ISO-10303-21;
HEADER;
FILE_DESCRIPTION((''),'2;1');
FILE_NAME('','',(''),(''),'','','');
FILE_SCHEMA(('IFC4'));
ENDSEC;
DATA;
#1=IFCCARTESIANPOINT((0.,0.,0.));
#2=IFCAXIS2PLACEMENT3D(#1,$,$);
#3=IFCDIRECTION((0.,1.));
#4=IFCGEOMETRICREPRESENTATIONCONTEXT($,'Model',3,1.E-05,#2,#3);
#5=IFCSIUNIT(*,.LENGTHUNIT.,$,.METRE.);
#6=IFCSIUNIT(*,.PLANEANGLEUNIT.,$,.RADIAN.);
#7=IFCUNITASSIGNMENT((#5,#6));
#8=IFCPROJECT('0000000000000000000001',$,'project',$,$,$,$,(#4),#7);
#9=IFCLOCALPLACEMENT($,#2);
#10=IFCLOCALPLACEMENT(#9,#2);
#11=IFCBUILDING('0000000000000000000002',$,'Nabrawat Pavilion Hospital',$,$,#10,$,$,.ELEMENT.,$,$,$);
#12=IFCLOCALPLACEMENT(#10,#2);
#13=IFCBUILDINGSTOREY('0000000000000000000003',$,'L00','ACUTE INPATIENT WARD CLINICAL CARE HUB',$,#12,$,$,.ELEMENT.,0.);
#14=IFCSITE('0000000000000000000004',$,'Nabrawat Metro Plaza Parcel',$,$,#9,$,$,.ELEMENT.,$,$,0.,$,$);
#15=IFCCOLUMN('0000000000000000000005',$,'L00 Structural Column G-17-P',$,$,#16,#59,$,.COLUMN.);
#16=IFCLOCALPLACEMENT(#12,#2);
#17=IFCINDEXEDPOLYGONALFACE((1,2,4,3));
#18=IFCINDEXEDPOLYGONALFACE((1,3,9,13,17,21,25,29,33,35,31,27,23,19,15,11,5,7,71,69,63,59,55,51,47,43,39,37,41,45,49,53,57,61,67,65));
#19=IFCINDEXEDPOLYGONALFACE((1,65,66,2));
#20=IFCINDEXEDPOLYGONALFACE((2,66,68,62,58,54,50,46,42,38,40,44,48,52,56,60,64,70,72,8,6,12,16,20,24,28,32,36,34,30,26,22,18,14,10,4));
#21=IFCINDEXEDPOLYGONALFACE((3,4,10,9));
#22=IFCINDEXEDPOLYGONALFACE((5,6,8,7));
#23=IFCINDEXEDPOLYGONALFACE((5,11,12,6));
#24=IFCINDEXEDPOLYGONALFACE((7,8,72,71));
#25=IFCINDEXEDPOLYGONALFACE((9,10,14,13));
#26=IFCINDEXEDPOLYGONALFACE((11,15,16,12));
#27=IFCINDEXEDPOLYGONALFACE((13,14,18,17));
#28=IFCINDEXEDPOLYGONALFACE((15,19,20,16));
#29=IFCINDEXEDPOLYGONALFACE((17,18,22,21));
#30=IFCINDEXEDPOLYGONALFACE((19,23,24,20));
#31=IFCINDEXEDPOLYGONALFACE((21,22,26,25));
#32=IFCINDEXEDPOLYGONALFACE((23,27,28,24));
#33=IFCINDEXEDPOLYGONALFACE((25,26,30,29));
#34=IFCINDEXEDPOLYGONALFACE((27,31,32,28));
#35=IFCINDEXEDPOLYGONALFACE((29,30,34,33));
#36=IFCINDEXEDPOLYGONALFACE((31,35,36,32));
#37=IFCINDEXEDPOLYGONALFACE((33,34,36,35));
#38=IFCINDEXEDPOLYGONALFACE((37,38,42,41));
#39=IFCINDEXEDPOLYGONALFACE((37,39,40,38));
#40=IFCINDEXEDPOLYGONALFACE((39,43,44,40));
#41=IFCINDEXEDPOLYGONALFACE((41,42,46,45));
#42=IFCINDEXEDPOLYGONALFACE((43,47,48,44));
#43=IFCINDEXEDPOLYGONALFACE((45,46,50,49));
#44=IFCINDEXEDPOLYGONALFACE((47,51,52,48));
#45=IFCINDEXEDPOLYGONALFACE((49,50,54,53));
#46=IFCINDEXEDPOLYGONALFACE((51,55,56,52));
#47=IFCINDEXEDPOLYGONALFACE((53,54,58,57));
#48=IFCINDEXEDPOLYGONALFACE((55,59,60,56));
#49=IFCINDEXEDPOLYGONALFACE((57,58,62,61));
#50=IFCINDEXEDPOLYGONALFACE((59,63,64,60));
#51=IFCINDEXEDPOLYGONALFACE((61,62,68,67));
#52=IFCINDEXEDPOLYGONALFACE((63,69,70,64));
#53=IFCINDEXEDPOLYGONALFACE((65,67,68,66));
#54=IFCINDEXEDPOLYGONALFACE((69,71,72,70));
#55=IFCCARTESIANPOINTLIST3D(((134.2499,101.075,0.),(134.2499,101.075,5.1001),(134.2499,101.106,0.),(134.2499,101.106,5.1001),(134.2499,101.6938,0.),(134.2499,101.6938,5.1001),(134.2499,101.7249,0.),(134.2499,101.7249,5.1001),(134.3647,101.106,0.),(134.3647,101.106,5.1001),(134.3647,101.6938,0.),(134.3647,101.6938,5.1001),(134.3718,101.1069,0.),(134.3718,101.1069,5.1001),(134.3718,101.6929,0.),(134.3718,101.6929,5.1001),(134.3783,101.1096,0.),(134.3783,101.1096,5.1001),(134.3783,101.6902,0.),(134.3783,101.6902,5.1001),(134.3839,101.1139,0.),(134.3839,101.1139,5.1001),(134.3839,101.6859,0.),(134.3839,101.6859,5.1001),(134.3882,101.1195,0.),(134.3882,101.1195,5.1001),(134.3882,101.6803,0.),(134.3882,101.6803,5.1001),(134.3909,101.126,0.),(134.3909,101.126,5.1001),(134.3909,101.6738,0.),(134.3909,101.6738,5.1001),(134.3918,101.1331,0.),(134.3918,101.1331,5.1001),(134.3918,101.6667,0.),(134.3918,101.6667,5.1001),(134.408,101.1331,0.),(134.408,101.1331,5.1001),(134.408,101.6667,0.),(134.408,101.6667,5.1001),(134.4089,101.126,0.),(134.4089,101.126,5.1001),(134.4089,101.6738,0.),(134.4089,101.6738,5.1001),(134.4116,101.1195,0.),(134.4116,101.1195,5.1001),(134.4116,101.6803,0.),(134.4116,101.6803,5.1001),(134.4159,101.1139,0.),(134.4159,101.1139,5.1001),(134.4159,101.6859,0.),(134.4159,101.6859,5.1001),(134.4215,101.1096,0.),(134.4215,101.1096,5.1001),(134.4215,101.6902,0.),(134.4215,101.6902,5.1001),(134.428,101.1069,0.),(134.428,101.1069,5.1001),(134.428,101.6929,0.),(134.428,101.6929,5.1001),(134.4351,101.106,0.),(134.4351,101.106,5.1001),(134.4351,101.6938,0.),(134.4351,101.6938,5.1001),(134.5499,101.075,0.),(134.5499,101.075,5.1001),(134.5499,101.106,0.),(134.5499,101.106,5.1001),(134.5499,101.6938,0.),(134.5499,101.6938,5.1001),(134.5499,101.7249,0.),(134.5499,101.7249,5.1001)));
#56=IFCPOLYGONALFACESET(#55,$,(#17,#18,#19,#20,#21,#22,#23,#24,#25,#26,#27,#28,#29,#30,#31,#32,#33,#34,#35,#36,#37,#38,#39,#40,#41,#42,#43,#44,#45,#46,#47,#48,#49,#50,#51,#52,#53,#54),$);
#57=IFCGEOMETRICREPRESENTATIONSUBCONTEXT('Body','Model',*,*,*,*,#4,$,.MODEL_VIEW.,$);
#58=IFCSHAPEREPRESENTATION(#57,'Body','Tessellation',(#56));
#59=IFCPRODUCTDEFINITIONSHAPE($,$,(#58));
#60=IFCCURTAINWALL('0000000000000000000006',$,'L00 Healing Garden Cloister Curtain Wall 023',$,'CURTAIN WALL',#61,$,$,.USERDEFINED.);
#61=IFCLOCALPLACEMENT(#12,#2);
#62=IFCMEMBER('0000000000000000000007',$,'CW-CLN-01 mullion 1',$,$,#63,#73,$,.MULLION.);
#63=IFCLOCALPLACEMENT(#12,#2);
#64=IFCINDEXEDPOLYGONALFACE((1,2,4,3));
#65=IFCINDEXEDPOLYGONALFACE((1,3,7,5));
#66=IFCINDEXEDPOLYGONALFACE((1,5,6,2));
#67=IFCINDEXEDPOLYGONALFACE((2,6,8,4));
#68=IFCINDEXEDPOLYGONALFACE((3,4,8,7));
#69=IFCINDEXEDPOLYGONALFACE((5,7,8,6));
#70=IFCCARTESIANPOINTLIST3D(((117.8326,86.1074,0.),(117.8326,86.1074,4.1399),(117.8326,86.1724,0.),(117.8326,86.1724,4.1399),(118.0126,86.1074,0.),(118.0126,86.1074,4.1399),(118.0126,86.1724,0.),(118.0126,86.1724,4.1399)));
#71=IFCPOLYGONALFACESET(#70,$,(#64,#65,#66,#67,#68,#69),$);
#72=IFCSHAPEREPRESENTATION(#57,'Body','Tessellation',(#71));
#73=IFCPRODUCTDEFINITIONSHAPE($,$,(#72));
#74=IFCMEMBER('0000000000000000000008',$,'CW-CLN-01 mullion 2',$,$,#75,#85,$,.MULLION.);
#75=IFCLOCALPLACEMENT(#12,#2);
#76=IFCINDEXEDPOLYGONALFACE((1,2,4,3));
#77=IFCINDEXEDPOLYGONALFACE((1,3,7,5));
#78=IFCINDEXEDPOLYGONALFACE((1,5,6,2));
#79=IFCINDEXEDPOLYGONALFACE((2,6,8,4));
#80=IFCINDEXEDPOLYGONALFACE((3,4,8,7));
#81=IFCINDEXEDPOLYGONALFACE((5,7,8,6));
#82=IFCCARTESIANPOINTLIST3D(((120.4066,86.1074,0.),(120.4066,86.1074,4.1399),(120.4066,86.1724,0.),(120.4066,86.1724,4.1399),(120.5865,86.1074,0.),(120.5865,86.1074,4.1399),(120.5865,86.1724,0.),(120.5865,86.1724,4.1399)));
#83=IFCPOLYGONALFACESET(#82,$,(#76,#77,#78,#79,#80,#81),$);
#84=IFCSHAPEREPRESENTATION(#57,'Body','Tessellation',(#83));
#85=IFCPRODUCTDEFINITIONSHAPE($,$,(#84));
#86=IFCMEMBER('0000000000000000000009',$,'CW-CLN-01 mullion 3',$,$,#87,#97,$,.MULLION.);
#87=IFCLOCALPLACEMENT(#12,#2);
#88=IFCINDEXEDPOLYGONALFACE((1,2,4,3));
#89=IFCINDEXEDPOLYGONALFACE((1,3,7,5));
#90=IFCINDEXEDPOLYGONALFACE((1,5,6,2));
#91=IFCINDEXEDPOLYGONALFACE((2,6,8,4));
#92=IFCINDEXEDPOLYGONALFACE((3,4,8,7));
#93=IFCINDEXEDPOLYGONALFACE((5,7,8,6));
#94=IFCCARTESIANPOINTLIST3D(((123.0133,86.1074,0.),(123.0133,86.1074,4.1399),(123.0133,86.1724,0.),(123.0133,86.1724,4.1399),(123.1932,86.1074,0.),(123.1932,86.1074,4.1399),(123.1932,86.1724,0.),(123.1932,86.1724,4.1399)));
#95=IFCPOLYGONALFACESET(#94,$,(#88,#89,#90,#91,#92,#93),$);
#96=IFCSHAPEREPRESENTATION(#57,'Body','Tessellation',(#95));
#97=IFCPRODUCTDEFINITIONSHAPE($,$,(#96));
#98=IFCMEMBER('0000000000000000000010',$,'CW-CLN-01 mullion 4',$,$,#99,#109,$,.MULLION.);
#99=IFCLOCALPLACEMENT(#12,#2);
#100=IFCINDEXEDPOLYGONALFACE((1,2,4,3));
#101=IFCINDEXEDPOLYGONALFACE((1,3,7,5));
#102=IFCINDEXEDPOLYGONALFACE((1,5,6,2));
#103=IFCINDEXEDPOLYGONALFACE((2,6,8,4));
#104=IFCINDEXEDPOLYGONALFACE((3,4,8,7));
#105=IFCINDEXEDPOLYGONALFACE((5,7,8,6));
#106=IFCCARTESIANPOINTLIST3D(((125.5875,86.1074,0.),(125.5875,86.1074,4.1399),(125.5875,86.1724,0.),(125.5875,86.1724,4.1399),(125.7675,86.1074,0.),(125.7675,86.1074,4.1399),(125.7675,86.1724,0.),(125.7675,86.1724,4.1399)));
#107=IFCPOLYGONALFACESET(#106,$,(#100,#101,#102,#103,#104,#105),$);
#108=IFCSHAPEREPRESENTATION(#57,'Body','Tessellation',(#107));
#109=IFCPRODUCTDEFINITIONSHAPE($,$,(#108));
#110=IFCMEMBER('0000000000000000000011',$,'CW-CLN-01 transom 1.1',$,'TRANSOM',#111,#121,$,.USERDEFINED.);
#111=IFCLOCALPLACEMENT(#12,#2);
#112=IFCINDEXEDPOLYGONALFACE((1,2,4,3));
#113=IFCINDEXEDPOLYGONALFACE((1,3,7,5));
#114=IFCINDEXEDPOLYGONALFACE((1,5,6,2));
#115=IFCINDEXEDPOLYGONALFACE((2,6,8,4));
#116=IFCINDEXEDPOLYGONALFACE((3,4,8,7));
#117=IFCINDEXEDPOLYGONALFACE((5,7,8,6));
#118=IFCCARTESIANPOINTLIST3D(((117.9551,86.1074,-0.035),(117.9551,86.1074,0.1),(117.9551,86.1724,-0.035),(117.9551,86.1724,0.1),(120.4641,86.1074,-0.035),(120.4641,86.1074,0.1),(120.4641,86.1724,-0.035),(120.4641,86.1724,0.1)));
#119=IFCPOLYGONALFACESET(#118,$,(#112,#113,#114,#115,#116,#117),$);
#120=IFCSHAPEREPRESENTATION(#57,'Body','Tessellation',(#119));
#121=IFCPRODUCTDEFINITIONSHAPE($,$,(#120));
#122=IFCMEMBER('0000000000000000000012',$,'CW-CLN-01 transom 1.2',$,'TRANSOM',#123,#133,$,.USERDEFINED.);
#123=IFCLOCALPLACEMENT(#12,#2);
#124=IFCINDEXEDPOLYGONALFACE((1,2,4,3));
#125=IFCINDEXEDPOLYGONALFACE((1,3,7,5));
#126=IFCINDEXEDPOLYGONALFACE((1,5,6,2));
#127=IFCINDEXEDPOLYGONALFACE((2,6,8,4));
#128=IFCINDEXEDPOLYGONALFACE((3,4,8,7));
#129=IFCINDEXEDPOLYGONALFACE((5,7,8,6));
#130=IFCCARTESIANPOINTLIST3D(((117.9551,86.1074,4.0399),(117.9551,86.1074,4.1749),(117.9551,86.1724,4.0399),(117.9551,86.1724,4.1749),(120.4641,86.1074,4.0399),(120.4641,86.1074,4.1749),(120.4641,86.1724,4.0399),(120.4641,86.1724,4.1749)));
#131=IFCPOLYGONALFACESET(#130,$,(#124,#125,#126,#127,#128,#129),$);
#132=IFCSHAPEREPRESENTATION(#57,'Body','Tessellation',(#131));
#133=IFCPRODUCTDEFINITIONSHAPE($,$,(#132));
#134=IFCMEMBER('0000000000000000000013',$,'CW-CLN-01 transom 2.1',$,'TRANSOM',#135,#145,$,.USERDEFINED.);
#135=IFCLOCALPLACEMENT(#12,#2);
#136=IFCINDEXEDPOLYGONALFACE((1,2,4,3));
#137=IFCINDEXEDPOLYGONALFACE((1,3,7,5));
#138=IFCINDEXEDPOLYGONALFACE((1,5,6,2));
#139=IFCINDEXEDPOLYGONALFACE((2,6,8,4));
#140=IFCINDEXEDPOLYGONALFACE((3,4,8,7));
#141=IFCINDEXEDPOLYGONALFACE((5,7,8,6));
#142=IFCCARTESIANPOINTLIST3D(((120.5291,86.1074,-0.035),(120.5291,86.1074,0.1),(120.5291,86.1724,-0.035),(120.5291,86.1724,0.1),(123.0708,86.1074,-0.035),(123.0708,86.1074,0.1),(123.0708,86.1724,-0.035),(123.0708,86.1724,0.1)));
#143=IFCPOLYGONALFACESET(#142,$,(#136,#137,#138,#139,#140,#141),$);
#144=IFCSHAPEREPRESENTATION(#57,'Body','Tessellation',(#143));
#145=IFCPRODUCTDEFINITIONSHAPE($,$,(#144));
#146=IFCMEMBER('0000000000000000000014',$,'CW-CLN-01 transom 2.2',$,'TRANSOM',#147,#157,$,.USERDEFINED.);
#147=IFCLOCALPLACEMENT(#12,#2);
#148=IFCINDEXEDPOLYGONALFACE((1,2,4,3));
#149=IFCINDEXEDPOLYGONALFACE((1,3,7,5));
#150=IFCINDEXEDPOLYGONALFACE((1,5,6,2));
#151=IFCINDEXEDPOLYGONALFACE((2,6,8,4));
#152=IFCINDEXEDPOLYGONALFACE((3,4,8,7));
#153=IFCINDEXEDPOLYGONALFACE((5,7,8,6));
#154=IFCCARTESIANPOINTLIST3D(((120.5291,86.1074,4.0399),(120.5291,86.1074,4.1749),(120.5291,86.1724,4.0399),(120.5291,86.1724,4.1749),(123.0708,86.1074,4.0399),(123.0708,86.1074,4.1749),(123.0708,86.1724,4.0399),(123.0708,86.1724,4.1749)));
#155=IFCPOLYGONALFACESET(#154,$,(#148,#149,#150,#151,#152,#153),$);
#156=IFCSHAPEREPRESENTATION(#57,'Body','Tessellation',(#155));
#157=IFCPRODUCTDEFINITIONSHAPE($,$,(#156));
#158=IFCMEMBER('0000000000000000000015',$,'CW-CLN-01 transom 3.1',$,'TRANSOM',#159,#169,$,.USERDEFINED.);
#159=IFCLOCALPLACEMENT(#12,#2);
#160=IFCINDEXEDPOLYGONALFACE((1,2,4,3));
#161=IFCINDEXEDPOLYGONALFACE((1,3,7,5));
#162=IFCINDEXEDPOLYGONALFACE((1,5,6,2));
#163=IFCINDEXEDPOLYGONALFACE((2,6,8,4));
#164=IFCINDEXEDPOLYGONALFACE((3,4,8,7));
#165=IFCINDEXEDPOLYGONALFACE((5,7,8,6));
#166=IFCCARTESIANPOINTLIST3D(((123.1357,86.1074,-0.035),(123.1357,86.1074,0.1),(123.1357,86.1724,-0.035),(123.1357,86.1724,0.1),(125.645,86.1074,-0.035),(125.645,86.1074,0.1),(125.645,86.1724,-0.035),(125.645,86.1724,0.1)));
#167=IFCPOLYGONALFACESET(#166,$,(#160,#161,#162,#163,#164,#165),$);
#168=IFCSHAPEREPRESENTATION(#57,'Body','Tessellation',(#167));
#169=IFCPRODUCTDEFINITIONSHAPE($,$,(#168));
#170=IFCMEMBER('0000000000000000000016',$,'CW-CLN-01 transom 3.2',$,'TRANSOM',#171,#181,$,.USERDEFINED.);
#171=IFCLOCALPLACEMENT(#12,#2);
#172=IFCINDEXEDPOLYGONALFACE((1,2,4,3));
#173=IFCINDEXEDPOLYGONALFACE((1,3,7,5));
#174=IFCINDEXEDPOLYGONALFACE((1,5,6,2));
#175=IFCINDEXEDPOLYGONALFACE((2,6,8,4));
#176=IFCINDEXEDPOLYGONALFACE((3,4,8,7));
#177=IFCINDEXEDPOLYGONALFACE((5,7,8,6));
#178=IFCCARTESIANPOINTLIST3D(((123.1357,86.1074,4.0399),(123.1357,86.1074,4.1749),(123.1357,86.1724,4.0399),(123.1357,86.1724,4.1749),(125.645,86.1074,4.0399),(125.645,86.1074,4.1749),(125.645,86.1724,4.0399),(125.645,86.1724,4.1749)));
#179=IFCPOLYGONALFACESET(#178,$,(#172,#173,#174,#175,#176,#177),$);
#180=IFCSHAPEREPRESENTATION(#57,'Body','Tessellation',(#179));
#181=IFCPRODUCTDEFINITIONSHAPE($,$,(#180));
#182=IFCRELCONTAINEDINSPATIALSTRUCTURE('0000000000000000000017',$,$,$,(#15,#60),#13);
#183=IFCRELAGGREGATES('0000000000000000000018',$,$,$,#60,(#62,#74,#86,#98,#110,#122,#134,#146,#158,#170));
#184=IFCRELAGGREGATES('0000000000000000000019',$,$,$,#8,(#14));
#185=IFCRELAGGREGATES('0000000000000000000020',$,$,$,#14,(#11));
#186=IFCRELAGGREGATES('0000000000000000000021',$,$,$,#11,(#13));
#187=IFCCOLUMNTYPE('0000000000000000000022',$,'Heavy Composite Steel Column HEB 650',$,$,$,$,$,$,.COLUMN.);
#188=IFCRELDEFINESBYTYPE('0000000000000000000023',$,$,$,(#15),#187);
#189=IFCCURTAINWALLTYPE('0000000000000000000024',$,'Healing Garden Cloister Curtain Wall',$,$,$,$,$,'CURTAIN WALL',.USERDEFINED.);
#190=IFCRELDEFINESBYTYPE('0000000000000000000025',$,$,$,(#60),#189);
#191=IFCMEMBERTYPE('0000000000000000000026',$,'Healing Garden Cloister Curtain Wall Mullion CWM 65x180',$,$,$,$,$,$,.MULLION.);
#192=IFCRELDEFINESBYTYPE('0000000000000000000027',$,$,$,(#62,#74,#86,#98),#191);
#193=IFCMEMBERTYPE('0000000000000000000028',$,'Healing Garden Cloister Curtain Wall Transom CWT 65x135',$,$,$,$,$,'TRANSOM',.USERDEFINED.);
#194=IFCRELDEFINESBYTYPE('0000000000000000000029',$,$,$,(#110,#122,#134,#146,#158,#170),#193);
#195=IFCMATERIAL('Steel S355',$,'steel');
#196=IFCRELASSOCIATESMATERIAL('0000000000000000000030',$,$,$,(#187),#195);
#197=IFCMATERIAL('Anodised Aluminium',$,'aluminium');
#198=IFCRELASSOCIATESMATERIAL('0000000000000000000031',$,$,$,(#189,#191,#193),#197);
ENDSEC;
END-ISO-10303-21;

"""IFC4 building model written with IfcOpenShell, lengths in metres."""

from ifc_helpers import new_model, si_unit, direction, frame, origin, origin_2d, place, context, subcontext, project, spatial, rectangle, i_section, extrude, material, material_profile, profile_set, type_object, element, aggregate, save


model = new_model("IFC4")

# Units and contexts
model_context = context("Model", 3, precision=1e-05, world=origin(), true_north=direction((0.0, 1.0)))
body_context = subcontext(model_context, "Body", "Model", "MODEL_VIEW")
ifc_project = project(units=[si_unit("LENGTHUNIT", "METRE"), si_unit("PLANEANGLEUNIT", "RADIAN")], contexts=[model_context])

# Site, building, storey
site_placement = place(None, origin())
site = spatial("IfcSite", under=ifc_project, at=site_placement, Name="Nabrawat Metro Plaza Parcel", CompositionType="ELEMENT", RefElevation=0.0)
building_placement = place(site_placement, origin())
building = spatial("IfcBuilding", under=site, at=building_placement, Name="Nabrawat Pavilion Hospital", CompositionType="ELEMENT")
storey_placement = place(building_placement, origin())
storey = spatial("IfcBuildingStorey", under=building, at=storey_placement, Name="L00", Description="ACUTE INPATIENT WARD CLINICAL CARE HUB", CompositionType="ELEMENT", Elevation=0.0)

# Column
ifc_material_1 = material(Name="Steel S355", Category="steel")
ifc_material_profile_1 = material_profile(ifc_material_1, i_section(OverallWidth=0.3, OverallDepth=0.6499, WebThickness=0.0161, FlangeThickness=0.031, FilletRadius=0.0271, at=origin_2d()), Name="HEB 650")
ifc_profile_set_1 = profile_set([ifc_material_profile_1], Name="Steel S355")
column_type_1 = type_object("IfcColumnType", Name="Heavy Composite Steel Column HEB 650", PredefinedType="COLUMN", material=ifc_profile_set_1)
for number, where, z_axis, x_axis, name in (
    (1, (134.3999, 101.3999, 0.0), (0.0, 0.0, 1.0), (1.0, 0.0, 0.0), "L00 Structural Column G-17-P"),
):
    element("IfcColumn", number, at=place(storey_placement, frame(where, z_axis=z_axis, x_axis=x_axis)), inside=storey, type_object=column_type_1, Name=name, PredefinedType="COLUMN", context=body_context, shape_type="SweptSolid", body=[
        extrude(i_section(OverallWidth=0.3, OverallDepth=0.6499, WebThickness=0.0161, FlangeThickness=0.031, FilletRadius=0.0271, at=origin_2d()), origin(), (0.0, 0.0, 1.0), 5.1001),
    ])

# Curtain wall, members
ifc_material_2 = material(Name="Anodised Aluminium", Category="aluminium")
curtain_wall_type = type_object("IfcCurtainWallType", Name="Healing Garden Cloister Curtain Wall", ElementType="CURTAIN WALL", PredefinedType="USERDEFINED", material=ifc_material_2)
curtain_wall_placement = place(storey_placement, origin())
curtain_wall = element("IfcCurtainWall", 2, at=curtain_wall_placement, inside=storey, type_object=curtain_wall_type, Name="L00 Healing Garden Cloister Curtain Wall 023", ObjectType="CURTAIN WALL", PredefinedType="USERDEFINED")
ifc_material_profile_2 = material_profile(ifc_material_2, rectangle(XDim=0.0649, YDim=0.1799, at=origin_2d()), Name="CWM 65x180")
ifc_profile_set_2 = profile_set([ifc_material_profile_2], Name="Anodised Aluminium")
member_type_1 = type_object("IfcMemberType", Name="Healing Garden Cloister Curtain Wall Mullion CWM 65x180", PredefinedType="MULLION", material=ifc_profile_set_2)
member_1_placement = place(storey_placement, frame((117.9226, 86.1399, 0.0), z_axis=(0.0, 0.0, 1.0), x_axis=(0.0, 1.0, 0.0)))
member_1 = element("IfcMember", 3, at=member_1_placement, type_object=member_type_1, Name="CW-CLN-01 mullion 1", PredefinedType="MULLION", context=body_context, shape_type="SweptSolid", body=[
    extrude(rectangle(XDim=0.0649, YDim=0.1799, at=origin_2d()), origin(), (0.0, 0.0, 1.0), 4.1399),
])
member_2_placement = place(storey_placement, frame((120.4966, 86.1399, 0.0), z_axis=(0.0, 0.0, 1.0), x_axis=(0.0, 1.0, 0.0)))
member_2 = element("IfcMember", 4, at=member_2_placement, type_object=member_type_1, Name="CW-CLN-01 mullion 2", PredefinedType="MULLION", context=body_context, shape_type="SweptSolid", body=[
    extrude(rectangle(XDim=0.0649, YDim=0.1799, at=origin_2d()), origin(), (0.0, 0.0, 1.0), 4.1399),
])
member_3_placement = place(storey_placement, frame((123.1033, 86.1399, 0.0), z_axis=(0.0, 0.0, 1.0), x_axis=(0.0, 1.0, 0.0)))
member_3 = element("IfcMember", 5, at=member_3_placement, type_object=member_type_1, Name="CW-CLN-01 mullion 3", PredefinedType="MULLION", context=body_context, shape_type="SweptSolid", body=[
    extrude(rectangle(XDim=0.0649, YDim=0.1799, at=origin_2d()), origin(), (0.0, 0.0, 1.0), 4.1399),
])
member_4_placement = place(storey_placement, frame((125.6775, 86.1399, 0.0), z_axis=(0.0, 0.0, 1.0), x_axis=(0.0, 1.0, 0.0)))
member_4 = element("IfcMember", 6, at=member_4_placement, type_object=member_type_1, Name="CW-CLN-01 mullion 4", PredefinedType="MULLION", context=body_context, shape_type="SweptSolid", body=[
    extrude(rectangle(XDim=0.0649, YDim=0.1799, at=origin_2d()), origin(), (0.0, 0.0, 1.0), 4.1399),
])
ifc_material_profile_3 = material_profile(ifc_material_2, rectangle(XDim=0.0649, YDim=0.135, at=origin_2d()), Name="CWT 65x135")
ifc_profile_set_3 = profile_set([ifc_material_profile_3], Name="Anodised Aluminium")
member_type_2 = type_object("IfcMemberType", Name="Healing Garden Cloister Curtain Wall Transom CWT 65x135", ElementType="TRANSOM", PredefinedType="USERDEFINED", material=ifc_profile_set_3)
member_5_placement = place(storey_placement, frame((117.9551, 86.1399, 0.0325), z_axis=(1.0, 0.0, 0.0), x_axis=(0.0, 1.0, 0.0)))
member_5 = element("IfcMember", 7, at=member_5_placement, type_object=member_type_2, Name="CW-CLN-01 transom 1.1", ObjectType="TRANSOM", PredefinedType="USERDEFINED", context=body_context, shape_type="SweptSolid", body=[
    extrude(rectangle(XDim=0.0649, YDim=0.135, at=origin_2d()), origin(), (0.0, 0.0, 1.0), 2.509),
])
member_6_placement = place(storey_placement, frame((117.9551, 86.1399, 4.1074), z_axis=(1.0, 0.0, 0.0), x_axis=(0.0, 1.0, 0.0)))
member_6 = element("IfcMember", 8, at=member_6_placement, type_object=member_type_2, Name="CW-CLN-01 transom 1.2", ObjectType="TRANSOM", PredefinedType="USERDEFINED", context=body_context, shape_type="SweptSolid", body=[
    extrude(rectangle(XDim=0.0649, YDim=0.135, at=origin_2d()), origin(), (0.0, 0.0, 1.0), 2.509),
])
member_7_placement = place(storey_placement, frame((120.5291, 86.1399, 0.0325), z_axis=(1.0, 0.0, 0.0), x_axis=(0.0, 1.0, 0.0)))
member_7 = element("IfcMember", 9, at=member_7_placement, type_object=member_type_2, Name="CW-CLN-01 transom 2.1", ObjectType="TRANSOM", PredefinedType="USERDEFINED", context=body_context, shape_type="SweptSolid", body=[
    extrude(rectangle(XDim=0.0649, YDim=0.135, at=origin_2d()), origin(), (0.0, 0.0, 1.0), 2.5417),
])
member_8_placement = place(storey_placement, frame((120.5291, 86.1399, 4.1074), z_axis=(1.0, 0.0, 0.0), x_axis=(0.0, 1.0, 0.0)))
member_8 = element("IfcMember", 10, at=member_8_placement, type_object=member_type_2, Name="CW-CLN-01 transom 2.2", ObjectType="TRANSOM", PredefinedType="USERDEFINED", context=body_context, shape_type="SweptSolid", body=[
    extrude(rectangle(XDim=0.0649, YDim=0.135, at=origin_2d()), origin(), (0.0, 0.0, 1.0), 2.5417),
])
member_9_placement = place(storey_placement, frame((123.1357, 86.1399, 0.0325), z_axis=(1.0, 0.0, 0.0), x_axis=(0.0, 1.0, 0.0)))
member_9 = element("IfcMember", 11, at=member_9_placement, type_object=member_type_2, Name="CW-CLN-01 transom 3.1", ObjectType="TRANSOM", PredefinedType="USERDEFINED", context=body_context, shape_type="SweptSolid", body=[
    extrude(rectangle(XDim=0.0649, YDim=0.135, at=origin_2d()), origin(), (0.0, 0.0, 1.0), 2.5093),
])
member_10_placement = place(storey_placement, frame((123.1357, 86.1399, 4.1074), z_axis=(1.0, 0.0, 0.0), x_axis=(0.0, 1.0, 0.0)))
member_10 = element("IfcMember", 12, at=member_10_placement, type_object=member_type_2, Name="CW-CLN-01 transom 3.2", ObjectType="TRANSOM", PredefinedType="USERDEFINED", context=body_context, shape_type="SweptSolid", body=[
    extrude(rectangle(XDim=0.0649, YDim=0.135, at=origin_2d()), origin(), (0.0, 0.0, 1.0), 2.5093),
])

aggregate(curtain_wall, [member_1, member_2, member_3, member_4, member_5, member_6, member_7, member_8, member_9, member_10])

save(model, "model.ifc")
